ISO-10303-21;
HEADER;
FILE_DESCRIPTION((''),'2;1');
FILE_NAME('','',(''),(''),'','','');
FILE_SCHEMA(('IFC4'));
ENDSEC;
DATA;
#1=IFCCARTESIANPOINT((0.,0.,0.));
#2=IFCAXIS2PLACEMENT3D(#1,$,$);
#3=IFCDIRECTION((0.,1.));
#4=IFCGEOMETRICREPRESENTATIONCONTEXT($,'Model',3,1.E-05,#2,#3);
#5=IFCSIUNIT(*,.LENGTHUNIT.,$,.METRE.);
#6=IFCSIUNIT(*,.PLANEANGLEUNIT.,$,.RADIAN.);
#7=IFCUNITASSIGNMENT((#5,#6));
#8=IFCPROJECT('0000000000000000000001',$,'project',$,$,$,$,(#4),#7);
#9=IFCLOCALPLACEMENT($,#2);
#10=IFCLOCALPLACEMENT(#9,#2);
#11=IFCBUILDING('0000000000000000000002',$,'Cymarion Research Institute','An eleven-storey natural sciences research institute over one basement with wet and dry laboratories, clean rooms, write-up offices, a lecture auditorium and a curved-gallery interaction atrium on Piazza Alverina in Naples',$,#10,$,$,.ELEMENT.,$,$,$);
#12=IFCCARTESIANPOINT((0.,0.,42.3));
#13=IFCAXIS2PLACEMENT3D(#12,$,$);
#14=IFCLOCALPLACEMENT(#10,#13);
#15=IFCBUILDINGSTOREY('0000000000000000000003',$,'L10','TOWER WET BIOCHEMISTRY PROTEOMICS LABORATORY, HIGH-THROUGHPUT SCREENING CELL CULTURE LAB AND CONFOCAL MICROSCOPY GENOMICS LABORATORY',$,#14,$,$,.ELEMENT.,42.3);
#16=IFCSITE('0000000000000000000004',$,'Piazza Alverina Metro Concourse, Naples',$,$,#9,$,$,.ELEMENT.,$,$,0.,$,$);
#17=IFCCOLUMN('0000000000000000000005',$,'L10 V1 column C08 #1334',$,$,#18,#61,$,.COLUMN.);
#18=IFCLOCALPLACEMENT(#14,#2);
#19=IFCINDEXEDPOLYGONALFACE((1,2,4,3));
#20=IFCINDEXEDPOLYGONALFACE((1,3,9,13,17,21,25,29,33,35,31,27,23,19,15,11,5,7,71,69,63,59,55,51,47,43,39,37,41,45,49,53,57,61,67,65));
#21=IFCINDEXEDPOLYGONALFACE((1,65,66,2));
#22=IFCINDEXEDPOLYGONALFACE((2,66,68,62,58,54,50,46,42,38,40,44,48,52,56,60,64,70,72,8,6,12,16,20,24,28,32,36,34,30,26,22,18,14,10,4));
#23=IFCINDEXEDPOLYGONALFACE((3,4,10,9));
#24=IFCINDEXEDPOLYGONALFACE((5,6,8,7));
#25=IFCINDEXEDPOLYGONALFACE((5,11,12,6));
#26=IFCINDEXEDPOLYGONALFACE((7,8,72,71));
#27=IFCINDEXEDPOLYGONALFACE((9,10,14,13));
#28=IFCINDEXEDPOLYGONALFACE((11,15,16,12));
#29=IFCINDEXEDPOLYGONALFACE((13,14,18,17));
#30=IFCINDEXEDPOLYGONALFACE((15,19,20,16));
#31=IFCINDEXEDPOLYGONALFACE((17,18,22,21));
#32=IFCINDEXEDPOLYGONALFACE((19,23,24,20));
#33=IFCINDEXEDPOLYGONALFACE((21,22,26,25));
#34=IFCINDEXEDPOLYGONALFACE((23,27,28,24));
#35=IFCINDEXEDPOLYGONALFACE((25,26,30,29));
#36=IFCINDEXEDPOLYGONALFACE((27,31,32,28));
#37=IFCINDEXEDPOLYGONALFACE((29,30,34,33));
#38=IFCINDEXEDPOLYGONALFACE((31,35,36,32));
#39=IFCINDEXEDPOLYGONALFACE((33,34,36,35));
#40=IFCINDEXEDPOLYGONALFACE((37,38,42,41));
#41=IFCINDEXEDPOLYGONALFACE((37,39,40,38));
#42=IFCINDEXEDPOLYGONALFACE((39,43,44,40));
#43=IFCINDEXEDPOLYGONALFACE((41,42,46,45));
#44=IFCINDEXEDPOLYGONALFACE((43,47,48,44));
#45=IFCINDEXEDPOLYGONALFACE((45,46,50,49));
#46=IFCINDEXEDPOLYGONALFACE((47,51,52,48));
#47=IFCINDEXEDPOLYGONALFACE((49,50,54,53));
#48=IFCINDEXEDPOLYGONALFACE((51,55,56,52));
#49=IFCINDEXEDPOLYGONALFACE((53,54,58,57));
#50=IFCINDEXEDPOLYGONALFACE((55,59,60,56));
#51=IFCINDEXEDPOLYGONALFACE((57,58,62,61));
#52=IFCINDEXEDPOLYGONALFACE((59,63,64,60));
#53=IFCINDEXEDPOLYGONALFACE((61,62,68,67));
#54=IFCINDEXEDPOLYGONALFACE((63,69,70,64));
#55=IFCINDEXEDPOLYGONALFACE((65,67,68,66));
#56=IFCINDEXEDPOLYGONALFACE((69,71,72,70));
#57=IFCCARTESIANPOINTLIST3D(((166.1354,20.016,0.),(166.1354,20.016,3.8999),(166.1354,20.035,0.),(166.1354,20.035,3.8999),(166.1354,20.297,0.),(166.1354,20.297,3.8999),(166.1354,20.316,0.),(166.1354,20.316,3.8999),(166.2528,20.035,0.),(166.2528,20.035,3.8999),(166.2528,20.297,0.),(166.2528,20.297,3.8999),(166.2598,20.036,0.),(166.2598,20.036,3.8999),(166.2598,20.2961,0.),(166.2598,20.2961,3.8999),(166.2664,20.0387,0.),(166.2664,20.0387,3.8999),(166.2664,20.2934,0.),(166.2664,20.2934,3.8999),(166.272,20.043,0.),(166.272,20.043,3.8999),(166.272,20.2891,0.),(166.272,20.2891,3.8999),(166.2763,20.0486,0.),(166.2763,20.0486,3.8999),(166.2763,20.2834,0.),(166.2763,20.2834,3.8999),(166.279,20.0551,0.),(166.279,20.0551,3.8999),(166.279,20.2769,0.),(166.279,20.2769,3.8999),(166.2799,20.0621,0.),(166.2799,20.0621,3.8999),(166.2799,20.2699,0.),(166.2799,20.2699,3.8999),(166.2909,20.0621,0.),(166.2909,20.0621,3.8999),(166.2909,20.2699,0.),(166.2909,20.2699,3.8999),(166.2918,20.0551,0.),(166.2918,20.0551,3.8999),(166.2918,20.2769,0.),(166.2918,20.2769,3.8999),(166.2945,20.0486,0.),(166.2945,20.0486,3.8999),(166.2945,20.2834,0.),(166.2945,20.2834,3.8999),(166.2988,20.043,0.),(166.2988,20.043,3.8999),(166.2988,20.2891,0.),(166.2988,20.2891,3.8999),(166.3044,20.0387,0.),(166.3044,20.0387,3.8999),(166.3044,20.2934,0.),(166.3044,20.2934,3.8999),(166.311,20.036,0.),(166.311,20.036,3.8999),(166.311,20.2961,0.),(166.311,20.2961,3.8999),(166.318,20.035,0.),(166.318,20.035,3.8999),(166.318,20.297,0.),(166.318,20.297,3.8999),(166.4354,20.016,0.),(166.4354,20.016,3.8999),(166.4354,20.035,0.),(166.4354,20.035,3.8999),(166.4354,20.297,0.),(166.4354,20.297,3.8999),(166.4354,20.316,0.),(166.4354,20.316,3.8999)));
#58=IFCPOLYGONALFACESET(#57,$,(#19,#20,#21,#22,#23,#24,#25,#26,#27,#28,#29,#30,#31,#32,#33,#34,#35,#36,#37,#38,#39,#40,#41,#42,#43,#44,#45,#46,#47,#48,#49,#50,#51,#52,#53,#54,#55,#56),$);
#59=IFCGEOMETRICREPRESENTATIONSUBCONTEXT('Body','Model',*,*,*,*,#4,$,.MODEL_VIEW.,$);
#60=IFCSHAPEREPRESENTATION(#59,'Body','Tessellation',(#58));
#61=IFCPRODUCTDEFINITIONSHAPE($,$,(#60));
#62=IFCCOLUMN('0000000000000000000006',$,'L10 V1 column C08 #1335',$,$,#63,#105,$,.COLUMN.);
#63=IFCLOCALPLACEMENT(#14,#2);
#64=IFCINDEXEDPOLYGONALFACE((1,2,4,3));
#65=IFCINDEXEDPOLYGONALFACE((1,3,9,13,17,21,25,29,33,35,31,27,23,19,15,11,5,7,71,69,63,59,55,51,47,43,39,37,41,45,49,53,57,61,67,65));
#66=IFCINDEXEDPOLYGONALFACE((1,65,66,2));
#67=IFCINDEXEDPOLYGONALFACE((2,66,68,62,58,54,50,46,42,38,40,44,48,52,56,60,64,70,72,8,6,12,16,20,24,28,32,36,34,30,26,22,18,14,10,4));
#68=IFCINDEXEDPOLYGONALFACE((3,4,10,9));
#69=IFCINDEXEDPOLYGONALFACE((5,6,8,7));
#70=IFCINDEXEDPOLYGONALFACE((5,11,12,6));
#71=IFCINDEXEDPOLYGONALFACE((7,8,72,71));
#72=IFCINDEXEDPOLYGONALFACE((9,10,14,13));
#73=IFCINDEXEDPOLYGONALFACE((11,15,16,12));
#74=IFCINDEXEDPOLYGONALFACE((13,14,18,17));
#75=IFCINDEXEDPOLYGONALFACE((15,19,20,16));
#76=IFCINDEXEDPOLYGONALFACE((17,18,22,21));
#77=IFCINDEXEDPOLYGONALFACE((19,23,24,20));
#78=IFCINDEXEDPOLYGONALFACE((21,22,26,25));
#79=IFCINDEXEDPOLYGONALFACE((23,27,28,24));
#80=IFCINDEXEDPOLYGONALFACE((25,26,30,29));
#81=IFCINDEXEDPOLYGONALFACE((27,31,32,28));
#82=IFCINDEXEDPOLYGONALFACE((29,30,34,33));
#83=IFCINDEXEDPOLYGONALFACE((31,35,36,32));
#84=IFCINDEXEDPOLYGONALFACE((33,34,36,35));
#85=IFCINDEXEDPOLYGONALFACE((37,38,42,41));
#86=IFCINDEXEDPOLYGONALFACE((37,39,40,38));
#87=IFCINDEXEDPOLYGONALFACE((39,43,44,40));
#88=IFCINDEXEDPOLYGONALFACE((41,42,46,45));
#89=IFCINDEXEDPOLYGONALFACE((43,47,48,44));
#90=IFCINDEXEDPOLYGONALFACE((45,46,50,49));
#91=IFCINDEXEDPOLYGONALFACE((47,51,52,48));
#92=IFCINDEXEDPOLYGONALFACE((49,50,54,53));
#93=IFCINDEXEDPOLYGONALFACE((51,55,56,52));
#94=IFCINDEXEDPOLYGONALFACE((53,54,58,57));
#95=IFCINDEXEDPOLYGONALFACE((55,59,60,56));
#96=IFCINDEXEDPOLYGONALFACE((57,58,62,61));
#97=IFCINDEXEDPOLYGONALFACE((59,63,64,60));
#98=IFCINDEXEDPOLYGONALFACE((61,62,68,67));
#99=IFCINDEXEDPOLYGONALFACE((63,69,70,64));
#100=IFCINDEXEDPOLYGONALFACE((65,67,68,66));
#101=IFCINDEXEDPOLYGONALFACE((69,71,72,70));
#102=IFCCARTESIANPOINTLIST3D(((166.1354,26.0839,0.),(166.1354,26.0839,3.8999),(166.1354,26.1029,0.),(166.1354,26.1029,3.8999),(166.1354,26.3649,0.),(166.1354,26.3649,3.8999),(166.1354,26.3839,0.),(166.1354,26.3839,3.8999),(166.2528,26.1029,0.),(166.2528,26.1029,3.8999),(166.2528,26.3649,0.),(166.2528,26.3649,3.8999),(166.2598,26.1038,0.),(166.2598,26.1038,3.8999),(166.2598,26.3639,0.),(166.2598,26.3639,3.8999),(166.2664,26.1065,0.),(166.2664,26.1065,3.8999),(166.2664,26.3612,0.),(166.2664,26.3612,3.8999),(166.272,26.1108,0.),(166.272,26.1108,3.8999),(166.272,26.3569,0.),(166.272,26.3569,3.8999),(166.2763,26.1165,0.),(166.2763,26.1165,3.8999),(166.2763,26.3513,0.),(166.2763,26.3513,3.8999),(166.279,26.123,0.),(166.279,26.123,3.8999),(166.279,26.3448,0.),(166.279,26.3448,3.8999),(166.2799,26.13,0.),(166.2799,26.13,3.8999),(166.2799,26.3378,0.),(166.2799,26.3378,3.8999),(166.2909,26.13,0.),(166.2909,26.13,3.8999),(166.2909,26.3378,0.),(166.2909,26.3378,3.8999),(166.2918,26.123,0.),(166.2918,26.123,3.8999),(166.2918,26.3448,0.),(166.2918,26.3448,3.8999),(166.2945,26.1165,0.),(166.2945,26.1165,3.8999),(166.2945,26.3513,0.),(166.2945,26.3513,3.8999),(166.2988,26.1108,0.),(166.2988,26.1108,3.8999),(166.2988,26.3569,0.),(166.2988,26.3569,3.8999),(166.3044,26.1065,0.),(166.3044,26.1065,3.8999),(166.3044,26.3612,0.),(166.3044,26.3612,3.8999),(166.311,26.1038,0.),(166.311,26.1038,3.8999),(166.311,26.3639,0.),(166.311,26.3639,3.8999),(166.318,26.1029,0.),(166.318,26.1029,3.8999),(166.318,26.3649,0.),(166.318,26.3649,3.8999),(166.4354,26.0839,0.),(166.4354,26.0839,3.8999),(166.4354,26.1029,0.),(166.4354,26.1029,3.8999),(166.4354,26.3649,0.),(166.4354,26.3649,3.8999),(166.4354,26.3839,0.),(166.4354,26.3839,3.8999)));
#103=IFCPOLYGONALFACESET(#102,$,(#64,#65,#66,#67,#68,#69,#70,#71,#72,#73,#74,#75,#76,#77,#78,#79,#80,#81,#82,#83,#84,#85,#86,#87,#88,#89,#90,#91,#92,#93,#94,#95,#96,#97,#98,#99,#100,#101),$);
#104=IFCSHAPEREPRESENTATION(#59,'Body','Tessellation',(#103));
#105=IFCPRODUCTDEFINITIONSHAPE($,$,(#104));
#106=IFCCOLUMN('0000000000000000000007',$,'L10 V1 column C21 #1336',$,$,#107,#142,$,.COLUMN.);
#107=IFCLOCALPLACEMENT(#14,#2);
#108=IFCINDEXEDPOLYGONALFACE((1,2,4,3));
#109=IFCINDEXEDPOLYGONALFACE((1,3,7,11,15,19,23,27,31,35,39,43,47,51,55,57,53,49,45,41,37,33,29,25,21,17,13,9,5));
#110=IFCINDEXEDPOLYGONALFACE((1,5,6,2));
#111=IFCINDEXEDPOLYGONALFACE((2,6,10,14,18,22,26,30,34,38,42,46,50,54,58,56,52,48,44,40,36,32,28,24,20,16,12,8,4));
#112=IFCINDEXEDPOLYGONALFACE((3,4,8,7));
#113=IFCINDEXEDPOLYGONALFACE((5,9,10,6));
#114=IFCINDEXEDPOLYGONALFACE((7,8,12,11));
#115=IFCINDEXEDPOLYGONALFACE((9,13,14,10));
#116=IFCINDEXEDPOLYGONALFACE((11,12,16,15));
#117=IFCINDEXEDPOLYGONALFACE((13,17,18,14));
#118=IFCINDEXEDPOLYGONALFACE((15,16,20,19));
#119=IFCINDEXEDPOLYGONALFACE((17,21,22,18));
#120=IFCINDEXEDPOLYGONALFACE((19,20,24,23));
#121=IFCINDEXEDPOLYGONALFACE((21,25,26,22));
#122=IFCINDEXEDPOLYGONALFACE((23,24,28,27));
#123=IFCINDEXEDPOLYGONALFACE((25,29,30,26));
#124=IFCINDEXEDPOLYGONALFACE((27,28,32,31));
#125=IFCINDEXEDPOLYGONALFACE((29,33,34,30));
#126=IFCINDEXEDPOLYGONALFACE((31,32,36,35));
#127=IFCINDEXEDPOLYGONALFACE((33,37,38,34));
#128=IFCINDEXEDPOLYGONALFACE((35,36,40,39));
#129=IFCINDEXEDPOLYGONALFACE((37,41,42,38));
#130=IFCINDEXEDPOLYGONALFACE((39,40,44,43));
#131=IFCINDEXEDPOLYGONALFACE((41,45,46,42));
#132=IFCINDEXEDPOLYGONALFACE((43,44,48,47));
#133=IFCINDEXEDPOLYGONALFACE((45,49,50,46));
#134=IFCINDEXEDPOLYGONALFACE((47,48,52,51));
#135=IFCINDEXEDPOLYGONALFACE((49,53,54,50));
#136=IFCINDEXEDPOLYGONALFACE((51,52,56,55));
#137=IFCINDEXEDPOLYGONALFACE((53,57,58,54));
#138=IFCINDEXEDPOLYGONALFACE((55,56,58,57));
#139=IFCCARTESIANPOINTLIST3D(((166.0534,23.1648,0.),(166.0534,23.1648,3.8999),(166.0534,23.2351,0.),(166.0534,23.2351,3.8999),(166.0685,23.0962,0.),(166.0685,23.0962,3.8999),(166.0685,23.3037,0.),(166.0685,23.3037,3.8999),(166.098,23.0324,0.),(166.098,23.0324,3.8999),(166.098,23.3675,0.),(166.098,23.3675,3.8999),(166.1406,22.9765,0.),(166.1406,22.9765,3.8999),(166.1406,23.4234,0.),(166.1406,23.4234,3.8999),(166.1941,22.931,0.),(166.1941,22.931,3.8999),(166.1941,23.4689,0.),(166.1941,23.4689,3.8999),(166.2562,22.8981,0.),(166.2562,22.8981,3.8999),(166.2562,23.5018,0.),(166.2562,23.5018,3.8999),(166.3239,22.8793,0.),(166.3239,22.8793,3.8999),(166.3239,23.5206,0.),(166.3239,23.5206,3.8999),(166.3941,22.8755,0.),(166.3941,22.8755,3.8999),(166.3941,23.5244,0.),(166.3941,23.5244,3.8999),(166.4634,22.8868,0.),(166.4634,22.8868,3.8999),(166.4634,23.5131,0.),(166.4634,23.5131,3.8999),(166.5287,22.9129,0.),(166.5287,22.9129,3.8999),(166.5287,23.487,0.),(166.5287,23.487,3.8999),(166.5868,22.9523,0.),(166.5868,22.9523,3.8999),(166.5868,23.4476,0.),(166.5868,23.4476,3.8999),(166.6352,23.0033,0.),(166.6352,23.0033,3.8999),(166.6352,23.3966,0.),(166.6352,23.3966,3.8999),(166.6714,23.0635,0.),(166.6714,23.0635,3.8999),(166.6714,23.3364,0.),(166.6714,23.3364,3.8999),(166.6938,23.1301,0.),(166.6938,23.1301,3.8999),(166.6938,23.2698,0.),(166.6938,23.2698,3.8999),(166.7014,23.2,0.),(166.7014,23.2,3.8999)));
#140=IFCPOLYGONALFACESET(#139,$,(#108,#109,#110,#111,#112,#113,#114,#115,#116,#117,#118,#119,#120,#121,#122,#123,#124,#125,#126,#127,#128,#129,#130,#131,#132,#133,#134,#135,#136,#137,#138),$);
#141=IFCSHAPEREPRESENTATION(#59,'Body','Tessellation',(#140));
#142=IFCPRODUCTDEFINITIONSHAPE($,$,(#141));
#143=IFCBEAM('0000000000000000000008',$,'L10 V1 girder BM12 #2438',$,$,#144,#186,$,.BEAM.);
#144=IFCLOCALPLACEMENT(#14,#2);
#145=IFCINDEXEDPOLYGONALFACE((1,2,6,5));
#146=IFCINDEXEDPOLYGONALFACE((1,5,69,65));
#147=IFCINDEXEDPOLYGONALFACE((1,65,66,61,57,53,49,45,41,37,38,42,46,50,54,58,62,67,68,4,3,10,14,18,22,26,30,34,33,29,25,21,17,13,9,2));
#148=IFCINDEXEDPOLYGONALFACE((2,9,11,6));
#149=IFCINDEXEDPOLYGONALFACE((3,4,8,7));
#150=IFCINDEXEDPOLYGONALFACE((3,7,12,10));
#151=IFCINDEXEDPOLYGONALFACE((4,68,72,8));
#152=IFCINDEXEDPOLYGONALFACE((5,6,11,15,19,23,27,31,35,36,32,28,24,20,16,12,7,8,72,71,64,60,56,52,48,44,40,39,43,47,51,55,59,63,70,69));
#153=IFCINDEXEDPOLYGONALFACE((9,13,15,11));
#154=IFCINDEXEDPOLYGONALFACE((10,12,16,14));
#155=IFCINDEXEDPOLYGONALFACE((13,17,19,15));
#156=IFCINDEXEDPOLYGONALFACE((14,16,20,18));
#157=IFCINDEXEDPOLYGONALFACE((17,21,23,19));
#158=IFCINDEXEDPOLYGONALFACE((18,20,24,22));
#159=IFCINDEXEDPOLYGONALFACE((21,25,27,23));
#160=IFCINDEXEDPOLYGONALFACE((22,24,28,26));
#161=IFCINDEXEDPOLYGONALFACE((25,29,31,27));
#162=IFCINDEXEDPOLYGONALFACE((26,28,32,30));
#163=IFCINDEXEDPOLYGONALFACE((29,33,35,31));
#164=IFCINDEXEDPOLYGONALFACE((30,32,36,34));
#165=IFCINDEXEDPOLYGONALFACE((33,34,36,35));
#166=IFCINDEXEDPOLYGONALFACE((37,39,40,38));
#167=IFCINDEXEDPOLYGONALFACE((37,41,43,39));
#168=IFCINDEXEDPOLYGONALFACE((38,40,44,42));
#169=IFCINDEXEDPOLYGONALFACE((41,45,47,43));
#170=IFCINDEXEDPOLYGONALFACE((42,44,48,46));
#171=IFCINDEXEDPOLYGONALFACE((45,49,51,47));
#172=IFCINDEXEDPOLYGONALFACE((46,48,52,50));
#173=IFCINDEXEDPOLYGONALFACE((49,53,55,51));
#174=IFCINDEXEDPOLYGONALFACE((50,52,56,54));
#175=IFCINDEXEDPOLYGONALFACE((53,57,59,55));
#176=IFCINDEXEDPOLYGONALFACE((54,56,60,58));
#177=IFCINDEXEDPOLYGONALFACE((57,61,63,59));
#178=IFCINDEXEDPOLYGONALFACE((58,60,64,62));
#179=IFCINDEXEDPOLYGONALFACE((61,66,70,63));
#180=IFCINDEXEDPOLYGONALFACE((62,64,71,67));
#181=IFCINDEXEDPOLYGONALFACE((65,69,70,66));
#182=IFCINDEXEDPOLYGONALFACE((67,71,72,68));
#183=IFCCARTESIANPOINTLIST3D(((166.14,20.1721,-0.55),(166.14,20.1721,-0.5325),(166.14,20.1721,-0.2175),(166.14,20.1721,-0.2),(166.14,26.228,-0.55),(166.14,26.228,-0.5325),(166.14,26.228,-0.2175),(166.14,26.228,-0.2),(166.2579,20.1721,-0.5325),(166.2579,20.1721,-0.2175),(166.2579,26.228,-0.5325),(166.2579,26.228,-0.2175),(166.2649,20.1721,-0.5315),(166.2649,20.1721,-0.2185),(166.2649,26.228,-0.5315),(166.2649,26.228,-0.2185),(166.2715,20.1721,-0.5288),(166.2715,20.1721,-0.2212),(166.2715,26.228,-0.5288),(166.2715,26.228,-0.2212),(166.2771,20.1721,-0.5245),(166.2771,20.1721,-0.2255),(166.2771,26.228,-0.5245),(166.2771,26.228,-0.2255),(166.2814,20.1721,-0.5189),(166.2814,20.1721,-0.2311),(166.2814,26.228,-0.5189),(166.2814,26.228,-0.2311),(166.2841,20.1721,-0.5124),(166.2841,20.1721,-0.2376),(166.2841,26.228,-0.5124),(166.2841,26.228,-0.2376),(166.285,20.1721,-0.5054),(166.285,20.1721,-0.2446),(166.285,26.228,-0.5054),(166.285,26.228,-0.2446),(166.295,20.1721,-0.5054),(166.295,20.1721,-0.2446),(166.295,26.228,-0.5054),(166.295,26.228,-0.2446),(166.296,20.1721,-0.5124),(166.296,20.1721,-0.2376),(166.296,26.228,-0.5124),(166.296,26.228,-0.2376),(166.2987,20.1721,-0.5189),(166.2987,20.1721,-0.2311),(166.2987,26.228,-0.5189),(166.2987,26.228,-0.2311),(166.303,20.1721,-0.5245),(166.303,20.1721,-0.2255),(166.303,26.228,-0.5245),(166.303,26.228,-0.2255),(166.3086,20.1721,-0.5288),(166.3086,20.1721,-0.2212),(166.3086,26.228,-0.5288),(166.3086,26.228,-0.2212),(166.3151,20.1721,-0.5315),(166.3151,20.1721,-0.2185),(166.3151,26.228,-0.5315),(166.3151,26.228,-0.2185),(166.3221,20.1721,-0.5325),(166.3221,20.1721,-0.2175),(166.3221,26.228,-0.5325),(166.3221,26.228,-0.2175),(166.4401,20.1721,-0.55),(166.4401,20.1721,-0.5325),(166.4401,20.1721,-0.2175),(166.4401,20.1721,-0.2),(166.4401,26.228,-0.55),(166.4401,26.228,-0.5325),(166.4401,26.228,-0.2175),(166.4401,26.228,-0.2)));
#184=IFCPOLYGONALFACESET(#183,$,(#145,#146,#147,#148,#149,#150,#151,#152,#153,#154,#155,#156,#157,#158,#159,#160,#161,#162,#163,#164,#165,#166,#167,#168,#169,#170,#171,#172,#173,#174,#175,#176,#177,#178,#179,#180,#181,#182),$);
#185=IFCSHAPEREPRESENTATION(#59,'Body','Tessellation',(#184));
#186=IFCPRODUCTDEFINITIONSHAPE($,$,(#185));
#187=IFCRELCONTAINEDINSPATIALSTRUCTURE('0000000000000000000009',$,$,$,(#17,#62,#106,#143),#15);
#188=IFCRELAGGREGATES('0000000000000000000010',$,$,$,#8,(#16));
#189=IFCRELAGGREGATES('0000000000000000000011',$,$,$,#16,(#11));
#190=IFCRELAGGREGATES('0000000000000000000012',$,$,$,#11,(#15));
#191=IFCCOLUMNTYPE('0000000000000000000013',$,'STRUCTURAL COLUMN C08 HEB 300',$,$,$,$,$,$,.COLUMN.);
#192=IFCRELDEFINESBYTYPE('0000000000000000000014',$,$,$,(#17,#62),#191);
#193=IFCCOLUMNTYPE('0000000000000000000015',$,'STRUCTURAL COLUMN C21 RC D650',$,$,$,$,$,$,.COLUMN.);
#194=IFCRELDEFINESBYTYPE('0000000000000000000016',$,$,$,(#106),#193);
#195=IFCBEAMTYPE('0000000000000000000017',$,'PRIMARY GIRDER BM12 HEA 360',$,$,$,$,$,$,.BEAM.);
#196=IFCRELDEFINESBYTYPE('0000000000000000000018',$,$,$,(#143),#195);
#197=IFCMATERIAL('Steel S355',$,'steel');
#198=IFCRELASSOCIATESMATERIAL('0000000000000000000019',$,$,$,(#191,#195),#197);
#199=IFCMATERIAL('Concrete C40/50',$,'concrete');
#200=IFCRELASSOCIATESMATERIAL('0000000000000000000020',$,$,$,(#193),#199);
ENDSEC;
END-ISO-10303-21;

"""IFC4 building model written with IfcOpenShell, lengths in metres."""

from ifc_helpers import new_model, si_unit, direction, frame, origin, origin_2d, place, context, subcontext, project, spatial, circle, i_section, extrude, material, material_profile, profile_set, type_object, element, save


model = new_model("IFC4")

# Units and contexts
model_context = context("Model", 3, precision=1e-05, world=origin(), true_north=direction((0.0, 1.0)))
body_context = subcontext(model_context, "Body", "Model", "MODEL_VIEW")
ifc_project = project(units=[si_unit("LENGTHUNIT", "METRE"), si_unit("PLANEANGLEUNIT", "RADIAN")], contexts=[model_context])

# Site, building, storey
site_placement = place(None, origin())
site = spatial("IfcSite", under=ifc_project, at=site_placement, Name="Piazza Alverina Metro Concourse, Naples", CompositionType="ELEMENT", RefElevation=0.0)
building_placement = place(site_placement, origin())
building = spatial("IfcBuilding", under=site, at=building_placement, Name="Cymarion Research Institute", Description="An eleven-storey natural sciences research institute over one basement with wet and dry laboratories, clean rooms, write-up offices, a lecture auditorium and a curved-gallery interaction atrium on Piazza Alverina in Naples", CompositionType="ELEMENT")
storey_placement = place(building_placement, frame((0.0, 0.0, 42.3)))
storey = spatial("IfcBuildingStorey", under=building, at=storey_placement, Name="L10", Description="TOWER WET BIOCHEMISTRY PROTEOMICS LABORATORY, HIGH-THROUGHPUT SCREENING CELL CULTURE LAB AND CONFOCAL MICROSCOPY GENOMICS LABORATORY", CompositionType="ELEMENT", Elevation=42.3)

# Columns
ifc_material_1 = material(Name="Steel S355", Category="steel")
ifc_material_profile_1 = material_profile(ifc_material_1, i_section(OverallWidth=0.3, OverallDepth=0.3, WebThickness=0.011, FlangeThickness=0.019, FilletRadius=0.0271, at=origin_2d()), Name="HEB 300")
ifc_profile_set_1 = profile_set([ifc_material_profile_1], Name="Steel S355")
column_type_1 = type_object("IfcColumnType", Name="STRUCTURAL COLUMN C08 HEB 300", PredefinedType="COLUMN", material=ifc_profile_set_1)
for number, where, z_axis, x_axis, name in (
    (1, (166.2854, 20.166, 0.0), (0.0, 0.0, 1.0), (1.0, 0.0, 0.0), "L10 V1 column C08 #1334"),
    (2, (166.2854, 26.2339, 0.0), (0.0, 0.0, 1.0), (1.0, 0.0, 0.0), "L10 V1 column C08 #1335"),
):
    element("IfcColumn", number, at=place(storey_placement, frame(where, z_axis=z_axis, x_axis=x_axis)), inside=storey, type_object=column_type_1, Name=name, PredefinedType="COLUMN", context=body_context, shape_type="SweptSolid", body=[
        extrude(i_section(OverallWidth=0.3, OverallDepth=0.3, WebThickness=0.011, FlangeThickness=0.019, FilletRadius=0.0271, at=origin_2d()), origin(), (0.0, 0.0, 1.0), 3.8999),
    ])
ifc_material_2 = material(Name="Concrete C40/50", Category="concrete")
ifc_material_profile_2 = material_profile(ifc_material_2, circle(Radius=0.325, at=origin_2d()), Name="RC D650")
ifc_profile_set_2 = profile_set([ifc_material_profile_2], Name="Concrete C40/50")
column_type_2 = type_object("IfcColumnType", Name="STRUCTURAL COLUMN C21 RC D650", PredefinedType="COLUMN", material=ifc_profile_set_2)
column_placement = place(storey_placement, frame((166.3765, 23.2, 0.0), z_axis=(0.0, 0.0, 1.0), x_axis=(1.0, 0.0, 0.0)))
element("IfcColumn", 3, at=column_placement, inside=storey, type_object=column_type_2, Name="L10 V1 column C21 #1336", PredefinedType="COLUMN", context=body_context, shape_type="SweptSolid", body=[
    extrude(circle(Radius=0.325, at=origin_2d()), origin(), (0.0, 0.0, 1.0), 3.8999),
])

# Beam
ifc_material_profile_3 = material_profile(ifc_material_1, i_section(OverallWidth=0.3, OverallDepth=0.3501, WebThickness=0.01, FlangeThickness=0.0176, FilletRadius=0.0271, at=origin_2d()), Name="HEA 360")
ifc_profile_set_3 = profile_set([ifc_material_profile_3], Name="Steel S355")
beam_type = type_object("IfcBeamType", Name="PRIMARY GIRDER BM12 HEA 360", PredefinedType="BEAM", material=ifc_profile_set_3)
beam_placement = place(storey_placement, frame((166.29, 20.1721, -0.375), z_axis=(0.0, 1.0, 0.0), x_axis=(-1.0, 0.0, 0.0)))
element("IfcBeam", 4, at=beam_placement, inside=storey, type_object=beam_type, Name="L10 V1 girder BM12 #2438", PredefinedType="BEAM", context=body_context, shape_type="SweptSolid", body=[
    extrude(i_section(OverallWidth=0.3, OverallDepth=0.3501, WebThickness=0.01, FlangeThickness=0.0176, FilletRadius=0.0271, at=origin_2d()), origin(), (0.0, 0.0, 1.0), 6.0559),
])

save(model, "model.ifc")
